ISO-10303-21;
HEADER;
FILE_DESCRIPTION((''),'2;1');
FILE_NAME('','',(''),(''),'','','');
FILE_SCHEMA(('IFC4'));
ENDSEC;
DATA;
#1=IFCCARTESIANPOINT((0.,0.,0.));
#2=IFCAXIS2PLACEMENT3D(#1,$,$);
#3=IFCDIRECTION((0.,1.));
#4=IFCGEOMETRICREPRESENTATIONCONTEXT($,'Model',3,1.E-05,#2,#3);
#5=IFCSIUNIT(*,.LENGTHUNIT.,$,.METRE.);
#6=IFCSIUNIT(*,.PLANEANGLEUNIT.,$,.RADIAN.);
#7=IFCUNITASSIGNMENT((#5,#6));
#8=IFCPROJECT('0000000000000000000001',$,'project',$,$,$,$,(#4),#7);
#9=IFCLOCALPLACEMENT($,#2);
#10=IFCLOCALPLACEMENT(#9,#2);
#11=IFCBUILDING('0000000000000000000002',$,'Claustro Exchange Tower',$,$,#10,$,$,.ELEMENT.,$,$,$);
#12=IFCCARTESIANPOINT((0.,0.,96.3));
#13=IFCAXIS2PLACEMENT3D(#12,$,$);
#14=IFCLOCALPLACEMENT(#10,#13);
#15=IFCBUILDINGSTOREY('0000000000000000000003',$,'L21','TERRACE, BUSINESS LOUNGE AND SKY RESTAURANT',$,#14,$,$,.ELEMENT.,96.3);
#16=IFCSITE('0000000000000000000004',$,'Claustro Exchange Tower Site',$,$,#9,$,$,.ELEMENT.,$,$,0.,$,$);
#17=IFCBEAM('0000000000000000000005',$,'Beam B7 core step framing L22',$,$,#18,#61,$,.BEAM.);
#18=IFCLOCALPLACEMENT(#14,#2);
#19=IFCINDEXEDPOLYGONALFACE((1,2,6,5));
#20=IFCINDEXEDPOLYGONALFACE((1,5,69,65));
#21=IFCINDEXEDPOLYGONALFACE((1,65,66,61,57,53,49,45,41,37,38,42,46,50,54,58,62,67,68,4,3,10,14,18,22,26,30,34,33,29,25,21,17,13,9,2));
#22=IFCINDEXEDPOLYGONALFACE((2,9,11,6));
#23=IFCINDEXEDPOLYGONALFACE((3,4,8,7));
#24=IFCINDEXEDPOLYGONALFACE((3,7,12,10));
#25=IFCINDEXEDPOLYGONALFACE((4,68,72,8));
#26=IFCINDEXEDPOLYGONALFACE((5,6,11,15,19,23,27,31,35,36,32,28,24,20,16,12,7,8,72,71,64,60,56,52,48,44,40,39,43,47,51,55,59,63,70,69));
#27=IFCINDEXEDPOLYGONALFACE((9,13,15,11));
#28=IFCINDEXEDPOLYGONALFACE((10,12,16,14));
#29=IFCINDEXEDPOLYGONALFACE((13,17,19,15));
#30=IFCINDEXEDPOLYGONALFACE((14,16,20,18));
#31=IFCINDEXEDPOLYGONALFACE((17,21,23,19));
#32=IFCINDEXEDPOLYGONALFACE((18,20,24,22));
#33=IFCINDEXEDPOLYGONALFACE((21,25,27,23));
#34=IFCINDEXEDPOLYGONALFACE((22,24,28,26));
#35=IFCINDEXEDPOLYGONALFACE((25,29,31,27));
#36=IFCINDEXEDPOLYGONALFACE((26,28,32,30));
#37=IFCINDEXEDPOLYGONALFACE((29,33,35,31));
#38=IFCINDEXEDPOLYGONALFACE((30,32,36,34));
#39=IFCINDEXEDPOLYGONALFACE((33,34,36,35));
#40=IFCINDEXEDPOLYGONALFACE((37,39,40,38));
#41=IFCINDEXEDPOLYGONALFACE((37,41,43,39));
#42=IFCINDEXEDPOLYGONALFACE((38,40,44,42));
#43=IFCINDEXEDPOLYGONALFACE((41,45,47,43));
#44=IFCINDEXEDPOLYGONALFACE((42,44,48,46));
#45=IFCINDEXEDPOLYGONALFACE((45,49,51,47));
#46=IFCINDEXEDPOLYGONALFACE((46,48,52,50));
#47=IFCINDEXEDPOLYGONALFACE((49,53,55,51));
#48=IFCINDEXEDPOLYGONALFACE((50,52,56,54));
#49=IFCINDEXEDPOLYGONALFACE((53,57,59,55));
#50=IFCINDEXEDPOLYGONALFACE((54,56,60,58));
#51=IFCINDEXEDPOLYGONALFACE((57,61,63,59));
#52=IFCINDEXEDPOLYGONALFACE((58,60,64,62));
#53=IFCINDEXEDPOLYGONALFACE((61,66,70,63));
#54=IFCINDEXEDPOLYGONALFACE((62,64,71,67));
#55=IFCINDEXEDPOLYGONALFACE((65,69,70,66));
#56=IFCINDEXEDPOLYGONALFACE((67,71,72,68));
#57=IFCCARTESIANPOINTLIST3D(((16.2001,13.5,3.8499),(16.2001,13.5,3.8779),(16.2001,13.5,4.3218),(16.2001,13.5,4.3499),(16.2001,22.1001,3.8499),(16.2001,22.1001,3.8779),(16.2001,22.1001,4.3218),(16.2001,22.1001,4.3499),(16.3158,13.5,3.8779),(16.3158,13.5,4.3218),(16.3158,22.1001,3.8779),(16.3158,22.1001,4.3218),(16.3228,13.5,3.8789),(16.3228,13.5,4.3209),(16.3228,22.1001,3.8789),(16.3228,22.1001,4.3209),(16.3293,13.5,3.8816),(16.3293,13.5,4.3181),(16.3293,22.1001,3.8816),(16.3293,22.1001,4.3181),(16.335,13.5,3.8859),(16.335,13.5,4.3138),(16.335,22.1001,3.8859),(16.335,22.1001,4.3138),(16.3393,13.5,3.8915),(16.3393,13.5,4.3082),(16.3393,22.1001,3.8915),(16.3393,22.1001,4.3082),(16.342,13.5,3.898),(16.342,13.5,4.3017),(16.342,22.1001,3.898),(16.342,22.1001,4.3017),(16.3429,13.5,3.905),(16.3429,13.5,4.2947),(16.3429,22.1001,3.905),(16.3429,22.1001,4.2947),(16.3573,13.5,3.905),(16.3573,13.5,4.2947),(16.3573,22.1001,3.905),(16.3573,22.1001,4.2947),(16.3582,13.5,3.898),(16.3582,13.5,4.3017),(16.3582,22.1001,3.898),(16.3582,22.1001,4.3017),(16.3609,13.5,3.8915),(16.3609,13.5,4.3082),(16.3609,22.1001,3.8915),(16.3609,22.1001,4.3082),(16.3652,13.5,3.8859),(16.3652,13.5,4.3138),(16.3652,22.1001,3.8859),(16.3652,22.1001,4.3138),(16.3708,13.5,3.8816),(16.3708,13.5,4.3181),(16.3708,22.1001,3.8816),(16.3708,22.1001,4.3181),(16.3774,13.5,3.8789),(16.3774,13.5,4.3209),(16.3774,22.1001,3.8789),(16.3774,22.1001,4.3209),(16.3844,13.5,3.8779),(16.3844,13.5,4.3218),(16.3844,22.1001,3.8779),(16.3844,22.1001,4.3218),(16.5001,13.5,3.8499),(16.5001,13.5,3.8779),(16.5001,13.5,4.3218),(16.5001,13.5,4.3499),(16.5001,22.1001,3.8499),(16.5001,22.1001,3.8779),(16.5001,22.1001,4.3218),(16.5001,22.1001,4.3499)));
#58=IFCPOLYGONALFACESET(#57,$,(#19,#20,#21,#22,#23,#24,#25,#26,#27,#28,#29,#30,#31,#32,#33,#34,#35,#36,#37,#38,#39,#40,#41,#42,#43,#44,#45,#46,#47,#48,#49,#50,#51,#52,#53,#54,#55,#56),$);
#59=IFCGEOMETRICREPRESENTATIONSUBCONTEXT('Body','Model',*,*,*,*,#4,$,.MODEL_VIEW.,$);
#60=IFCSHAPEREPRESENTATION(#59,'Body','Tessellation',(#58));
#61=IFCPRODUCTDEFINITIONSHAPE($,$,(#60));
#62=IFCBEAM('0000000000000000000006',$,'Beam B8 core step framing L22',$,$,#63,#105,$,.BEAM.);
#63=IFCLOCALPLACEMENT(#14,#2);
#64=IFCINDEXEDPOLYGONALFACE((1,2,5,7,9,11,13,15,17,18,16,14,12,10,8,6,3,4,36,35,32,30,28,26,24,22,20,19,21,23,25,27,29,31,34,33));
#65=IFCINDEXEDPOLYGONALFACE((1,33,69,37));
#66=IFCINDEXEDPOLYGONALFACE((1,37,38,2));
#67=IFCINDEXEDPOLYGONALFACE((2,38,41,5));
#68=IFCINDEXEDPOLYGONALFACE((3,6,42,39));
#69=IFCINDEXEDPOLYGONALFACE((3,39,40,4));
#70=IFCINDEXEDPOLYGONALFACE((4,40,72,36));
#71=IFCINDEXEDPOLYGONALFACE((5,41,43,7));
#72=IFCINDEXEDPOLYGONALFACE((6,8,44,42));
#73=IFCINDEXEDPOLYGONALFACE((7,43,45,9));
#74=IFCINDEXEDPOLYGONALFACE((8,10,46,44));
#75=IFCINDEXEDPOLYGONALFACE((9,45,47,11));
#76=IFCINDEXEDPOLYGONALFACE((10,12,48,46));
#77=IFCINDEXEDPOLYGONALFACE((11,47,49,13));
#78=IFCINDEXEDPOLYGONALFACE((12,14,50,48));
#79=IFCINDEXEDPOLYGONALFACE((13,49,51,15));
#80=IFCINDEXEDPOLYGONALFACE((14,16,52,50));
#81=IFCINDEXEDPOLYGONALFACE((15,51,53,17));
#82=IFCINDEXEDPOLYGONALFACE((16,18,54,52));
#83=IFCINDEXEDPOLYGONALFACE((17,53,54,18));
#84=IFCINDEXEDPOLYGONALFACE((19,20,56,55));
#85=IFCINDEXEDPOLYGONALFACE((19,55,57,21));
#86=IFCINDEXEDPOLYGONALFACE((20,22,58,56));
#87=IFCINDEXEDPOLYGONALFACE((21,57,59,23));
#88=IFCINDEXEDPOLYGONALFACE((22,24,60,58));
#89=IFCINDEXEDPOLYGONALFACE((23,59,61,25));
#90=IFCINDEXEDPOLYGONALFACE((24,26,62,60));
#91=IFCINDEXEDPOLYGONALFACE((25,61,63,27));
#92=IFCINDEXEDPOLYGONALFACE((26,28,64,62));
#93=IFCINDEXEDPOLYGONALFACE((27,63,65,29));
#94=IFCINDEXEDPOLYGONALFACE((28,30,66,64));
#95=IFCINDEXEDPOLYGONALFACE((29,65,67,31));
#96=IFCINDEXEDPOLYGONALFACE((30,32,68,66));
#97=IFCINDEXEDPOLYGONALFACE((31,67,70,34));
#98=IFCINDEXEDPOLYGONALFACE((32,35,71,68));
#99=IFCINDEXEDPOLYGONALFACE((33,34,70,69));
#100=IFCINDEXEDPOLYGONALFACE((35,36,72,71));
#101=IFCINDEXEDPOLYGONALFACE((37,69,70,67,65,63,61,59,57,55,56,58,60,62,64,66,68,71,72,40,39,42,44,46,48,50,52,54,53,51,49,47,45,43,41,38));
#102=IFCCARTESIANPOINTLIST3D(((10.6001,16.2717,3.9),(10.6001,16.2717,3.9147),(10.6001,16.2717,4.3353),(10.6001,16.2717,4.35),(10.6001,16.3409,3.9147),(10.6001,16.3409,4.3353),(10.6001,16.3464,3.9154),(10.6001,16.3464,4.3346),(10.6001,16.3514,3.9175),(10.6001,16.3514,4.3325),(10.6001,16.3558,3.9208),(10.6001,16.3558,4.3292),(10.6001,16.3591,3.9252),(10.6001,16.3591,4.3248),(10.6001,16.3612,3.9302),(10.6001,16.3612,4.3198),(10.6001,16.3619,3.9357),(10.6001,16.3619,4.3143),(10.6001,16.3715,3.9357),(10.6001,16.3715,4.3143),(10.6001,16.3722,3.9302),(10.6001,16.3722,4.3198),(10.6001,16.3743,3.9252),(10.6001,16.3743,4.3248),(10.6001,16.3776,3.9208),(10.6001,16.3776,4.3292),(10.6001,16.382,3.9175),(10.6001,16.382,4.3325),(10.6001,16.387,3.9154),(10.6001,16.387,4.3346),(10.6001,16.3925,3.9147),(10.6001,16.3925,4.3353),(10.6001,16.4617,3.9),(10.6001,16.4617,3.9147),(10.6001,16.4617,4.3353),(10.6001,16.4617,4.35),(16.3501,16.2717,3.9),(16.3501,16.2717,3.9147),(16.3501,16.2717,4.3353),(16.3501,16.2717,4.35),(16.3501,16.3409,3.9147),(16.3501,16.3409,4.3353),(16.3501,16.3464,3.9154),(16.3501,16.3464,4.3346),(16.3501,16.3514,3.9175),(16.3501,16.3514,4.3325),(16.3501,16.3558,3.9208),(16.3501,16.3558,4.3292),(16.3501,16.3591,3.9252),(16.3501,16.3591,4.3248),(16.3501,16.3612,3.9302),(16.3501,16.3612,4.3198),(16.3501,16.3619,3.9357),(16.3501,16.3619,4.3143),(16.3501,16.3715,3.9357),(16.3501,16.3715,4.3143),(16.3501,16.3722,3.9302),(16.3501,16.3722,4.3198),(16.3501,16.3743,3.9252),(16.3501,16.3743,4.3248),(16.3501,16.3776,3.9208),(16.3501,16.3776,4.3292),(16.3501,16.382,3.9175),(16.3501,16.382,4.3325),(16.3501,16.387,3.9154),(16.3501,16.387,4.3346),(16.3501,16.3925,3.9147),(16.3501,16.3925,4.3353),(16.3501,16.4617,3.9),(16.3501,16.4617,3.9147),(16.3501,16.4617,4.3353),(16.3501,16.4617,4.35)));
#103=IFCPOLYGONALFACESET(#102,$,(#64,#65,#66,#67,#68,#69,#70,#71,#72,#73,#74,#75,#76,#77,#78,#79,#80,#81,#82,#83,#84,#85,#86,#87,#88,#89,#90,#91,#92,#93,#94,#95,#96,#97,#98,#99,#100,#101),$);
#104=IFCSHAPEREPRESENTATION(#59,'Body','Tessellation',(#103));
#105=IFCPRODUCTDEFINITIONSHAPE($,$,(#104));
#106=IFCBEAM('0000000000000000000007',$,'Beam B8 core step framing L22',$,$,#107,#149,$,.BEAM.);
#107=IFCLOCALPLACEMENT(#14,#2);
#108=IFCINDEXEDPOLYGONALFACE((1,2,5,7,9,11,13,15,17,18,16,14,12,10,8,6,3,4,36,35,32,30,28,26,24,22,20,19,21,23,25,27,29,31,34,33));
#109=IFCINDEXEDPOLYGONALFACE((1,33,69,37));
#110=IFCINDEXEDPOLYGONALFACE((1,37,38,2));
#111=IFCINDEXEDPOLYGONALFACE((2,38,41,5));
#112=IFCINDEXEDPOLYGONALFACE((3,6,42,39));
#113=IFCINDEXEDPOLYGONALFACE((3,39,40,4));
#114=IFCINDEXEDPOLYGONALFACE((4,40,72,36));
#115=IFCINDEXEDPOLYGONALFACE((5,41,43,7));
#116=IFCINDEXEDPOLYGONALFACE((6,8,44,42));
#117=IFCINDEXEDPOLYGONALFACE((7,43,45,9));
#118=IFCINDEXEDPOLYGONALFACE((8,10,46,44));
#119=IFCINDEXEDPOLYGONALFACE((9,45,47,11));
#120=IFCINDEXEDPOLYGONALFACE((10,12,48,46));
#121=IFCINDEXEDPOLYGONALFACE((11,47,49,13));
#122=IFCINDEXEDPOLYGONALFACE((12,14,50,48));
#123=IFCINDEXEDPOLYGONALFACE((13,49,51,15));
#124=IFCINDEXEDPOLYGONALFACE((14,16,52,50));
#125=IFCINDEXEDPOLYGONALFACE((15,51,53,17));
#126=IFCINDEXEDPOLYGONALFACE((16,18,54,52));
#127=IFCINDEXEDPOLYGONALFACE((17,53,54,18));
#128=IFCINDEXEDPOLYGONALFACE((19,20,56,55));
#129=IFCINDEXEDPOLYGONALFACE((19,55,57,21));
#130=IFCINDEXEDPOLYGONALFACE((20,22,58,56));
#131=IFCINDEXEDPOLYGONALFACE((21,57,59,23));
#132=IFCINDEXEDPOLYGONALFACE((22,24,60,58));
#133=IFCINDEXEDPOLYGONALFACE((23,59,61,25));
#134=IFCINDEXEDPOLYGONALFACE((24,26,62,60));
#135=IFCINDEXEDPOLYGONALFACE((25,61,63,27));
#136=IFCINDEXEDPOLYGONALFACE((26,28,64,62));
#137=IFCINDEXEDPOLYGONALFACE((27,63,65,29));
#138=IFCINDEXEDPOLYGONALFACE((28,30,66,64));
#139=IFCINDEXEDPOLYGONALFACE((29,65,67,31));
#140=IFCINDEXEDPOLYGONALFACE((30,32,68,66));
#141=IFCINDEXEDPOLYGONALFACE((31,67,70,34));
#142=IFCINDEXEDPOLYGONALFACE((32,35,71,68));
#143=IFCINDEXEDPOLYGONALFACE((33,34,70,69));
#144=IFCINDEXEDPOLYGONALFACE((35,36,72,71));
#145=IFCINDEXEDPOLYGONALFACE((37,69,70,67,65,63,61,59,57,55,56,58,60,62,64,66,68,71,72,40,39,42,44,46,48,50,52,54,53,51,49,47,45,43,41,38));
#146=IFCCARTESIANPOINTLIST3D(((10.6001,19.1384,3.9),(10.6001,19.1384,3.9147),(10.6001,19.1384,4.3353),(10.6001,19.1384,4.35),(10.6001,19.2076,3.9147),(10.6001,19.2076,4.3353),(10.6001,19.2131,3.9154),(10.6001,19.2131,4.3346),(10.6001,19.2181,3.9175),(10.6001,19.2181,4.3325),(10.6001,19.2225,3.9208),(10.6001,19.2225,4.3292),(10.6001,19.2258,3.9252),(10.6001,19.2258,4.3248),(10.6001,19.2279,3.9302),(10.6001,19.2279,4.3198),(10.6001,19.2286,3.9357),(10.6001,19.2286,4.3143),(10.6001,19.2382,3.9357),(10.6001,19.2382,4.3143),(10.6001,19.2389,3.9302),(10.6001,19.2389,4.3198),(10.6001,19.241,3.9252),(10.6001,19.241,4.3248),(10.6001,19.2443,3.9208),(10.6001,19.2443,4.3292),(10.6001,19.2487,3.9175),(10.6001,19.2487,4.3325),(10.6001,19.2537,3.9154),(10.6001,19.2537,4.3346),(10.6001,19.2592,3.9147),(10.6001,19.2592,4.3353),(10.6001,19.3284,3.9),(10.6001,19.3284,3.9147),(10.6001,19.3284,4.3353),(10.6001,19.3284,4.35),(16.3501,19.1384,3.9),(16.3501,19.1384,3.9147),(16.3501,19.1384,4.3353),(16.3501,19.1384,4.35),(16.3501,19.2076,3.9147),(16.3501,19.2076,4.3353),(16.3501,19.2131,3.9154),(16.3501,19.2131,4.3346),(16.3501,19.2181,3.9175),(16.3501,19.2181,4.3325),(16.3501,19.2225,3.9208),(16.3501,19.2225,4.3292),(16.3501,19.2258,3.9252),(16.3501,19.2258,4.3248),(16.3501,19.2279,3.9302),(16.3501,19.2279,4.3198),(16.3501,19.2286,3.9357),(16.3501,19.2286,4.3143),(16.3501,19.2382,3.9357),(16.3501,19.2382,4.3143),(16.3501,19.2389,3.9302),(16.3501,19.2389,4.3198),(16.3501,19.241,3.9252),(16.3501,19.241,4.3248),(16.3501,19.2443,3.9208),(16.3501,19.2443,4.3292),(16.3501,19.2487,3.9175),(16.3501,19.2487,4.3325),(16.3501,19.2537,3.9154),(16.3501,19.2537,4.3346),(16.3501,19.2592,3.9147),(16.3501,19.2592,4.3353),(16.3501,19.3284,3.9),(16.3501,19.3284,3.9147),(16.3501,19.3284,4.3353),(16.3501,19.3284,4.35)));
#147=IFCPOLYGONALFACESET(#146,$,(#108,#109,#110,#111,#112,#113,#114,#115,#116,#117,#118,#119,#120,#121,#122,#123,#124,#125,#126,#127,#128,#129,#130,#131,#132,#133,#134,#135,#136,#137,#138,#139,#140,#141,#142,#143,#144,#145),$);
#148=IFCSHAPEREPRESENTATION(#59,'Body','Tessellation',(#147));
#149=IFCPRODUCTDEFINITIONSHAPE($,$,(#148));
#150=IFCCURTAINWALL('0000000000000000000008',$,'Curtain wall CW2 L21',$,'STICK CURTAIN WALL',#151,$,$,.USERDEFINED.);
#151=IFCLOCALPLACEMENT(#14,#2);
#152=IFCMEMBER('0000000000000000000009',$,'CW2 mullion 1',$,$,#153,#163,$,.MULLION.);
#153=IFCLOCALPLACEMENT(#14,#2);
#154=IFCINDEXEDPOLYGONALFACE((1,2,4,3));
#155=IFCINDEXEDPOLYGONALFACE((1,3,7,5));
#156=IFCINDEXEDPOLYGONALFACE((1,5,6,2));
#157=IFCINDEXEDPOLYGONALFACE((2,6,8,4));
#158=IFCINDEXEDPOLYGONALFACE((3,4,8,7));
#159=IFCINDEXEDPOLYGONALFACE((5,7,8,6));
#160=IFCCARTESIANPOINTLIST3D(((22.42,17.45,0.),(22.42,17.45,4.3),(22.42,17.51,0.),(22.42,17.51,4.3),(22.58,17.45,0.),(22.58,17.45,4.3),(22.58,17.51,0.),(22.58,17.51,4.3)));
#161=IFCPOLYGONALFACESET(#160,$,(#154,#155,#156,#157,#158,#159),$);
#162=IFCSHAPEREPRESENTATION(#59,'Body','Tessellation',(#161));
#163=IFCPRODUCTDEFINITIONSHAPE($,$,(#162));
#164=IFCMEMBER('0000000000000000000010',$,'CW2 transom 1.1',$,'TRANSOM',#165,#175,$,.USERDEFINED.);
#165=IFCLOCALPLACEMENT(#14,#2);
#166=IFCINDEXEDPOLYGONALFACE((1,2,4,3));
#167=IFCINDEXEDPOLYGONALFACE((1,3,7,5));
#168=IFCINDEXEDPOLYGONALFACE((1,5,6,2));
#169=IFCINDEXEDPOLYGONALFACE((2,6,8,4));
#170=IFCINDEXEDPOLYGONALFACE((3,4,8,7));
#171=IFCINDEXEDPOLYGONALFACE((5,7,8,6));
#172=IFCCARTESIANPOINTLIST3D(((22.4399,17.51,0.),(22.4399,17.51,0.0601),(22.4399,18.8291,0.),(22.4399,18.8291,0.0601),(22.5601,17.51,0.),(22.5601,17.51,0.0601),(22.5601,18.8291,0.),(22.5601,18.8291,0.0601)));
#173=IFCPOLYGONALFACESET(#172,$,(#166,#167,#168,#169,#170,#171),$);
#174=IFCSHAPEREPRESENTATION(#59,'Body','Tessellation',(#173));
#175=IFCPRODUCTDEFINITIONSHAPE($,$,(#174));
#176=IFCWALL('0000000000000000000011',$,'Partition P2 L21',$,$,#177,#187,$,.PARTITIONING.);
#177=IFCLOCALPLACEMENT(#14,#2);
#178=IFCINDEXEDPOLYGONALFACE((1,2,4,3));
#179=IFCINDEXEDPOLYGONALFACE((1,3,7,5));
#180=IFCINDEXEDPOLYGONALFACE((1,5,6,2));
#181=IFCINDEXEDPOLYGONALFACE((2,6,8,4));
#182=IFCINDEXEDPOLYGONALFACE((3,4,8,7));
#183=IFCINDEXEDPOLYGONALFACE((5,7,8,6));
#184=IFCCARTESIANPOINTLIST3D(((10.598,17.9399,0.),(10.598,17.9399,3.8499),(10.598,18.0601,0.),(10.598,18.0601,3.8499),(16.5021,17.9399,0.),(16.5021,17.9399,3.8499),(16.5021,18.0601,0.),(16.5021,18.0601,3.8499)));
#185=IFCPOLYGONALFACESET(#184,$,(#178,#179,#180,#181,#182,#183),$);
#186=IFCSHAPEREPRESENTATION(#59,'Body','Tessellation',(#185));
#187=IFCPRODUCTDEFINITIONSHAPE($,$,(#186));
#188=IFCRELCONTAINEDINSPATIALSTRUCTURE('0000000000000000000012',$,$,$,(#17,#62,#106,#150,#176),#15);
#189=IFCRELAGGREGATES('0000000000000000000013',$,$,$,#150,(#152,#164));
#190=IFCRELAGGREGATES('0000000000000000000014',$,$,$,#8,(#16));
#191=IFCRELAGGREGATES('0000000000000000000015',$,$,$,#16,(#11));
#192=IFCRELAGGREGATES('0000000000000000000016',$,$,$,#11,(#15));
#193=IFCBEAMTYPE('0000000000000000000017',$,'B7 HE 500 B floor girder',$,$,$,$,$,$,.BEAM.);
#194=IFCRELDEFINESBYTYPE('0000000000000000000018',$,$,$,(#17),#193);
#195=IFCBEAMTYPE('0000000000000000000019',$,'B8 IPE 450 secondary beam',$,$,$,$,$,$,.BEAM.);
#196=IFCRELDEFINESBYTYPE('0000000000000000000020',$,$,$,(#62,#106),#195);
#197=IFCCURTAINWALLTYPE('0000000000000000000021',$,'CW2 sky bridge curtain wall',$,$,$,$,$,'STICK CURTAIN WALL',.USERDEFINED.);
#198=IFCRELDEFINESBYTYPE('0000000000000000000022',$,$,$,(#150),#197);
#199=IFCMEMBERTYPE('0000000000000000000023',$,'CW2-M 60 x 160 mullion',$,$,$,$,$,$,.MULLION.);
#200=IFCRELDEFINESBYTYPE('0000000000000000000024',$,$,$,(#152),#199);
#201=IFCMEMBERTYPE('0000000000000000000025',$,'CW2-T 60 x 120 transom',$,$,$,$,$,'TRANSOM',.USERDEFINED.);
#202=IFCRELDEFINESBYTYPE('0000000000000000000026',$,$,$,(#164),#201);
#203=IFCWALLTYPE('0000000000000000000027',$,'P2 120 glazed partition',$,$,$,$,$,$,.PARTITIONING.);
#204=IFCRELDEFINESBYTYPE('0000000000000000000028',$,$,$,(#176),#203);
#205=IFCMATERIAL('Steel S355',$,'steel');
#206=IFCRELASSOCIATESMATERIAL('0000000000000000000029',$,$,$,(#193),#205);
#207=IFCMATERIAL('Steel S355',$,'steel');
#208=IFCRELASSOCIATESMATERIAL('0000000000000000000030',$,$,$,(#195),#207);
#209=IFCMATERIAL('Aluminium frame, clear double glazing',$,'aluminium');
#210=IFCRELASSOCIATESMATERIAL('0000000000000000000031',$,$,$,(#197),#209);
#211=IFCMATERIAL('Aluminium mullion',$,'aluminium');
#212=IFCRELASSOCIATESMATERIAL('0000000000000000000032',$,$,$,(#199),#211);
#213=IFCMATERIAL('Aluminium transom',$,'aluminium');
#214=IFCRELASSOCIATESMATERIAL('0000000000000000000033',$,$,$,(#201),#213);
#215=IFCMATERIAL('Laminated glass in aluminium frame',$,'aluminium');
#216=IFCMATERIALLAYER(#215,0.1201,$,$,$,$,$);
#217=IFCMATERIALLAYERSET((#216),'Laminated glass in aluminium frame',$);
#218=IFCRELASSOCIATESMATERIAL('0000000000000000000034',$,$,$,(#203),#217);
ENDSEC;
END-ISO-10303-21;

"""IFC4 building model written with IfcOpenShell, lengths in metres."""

from ifc_helpers import new_model, si_unit, direction, frame, frame_2d, origin, origin_2d, place, context, subcontext, project, spatial, rectangle, i_section, extrude, material, layer, layer_set, material_profile, profile_set, type_object, element, aggregate, save


model = new_model("IFC4")

# Units and contexts
model_context = context("Model", 3, precision=1e-05, world=origin(), true_north=direction((0.0, 1.0)))
body_context = subcontext(model_context, "Body", "Model", "MODEL_VIEW")
ifc_project = project(units=[si_unit("LENGTHUNIT", "METRE"), si_unit("PLANEANGLEUNIT", "RADIAN")], contexts=[model_context])

# Site, building, storey
site_placement = place(None, origin())
site = spatial("IfcSite", under=ifc_project, at=site_placement, Name="Claustro Exchange Tower Site", CompositionType="ELEMENT", RefElevation=0.0)
building_placement = place(site_placement, origin())
building = spatial("IfcBuilding", under=site, at=building_placement, Name="Claustro Exchange Tower", CompositionType="ELEMENT")
storey_placement = place(building_placement, frame((0.0, 0.0, 96.3)))
storey = spatial("IfcBuildingStorey", under=building, at=storey_placement, Name="L21", Description="TERRACE, BUSINESS LOUNGE AND SKY RESTAURANT", CompositionType="ELEMENT", Elevation=96.3)

# Beams
ifc_material_1 = material(Name="Steel S355", Category="steel")
ifc_material_profile_1 = material_profile(ifc_material_1, i_section(OverallWidth=0.3, OverallDepth=0.5, WebThickness=0.0144, FlangeThickness=0.0281, FilletRadius=0.0271, at=origin_2d()), Name="HE 500 B")
ifc_profile_set_1 = profile_set([ifc_material_profile_1], Name="Steel S355")
beam_type_1 = type_object("IfcBeamType", Name="B7 HE 500 B floor girder", PredefinedType="BEAM", material=ifc_profile_set_1)
beam_1_placement = place(storey_placement, frame((16.3501, 13.5, 4.0999), z_axis=(0.0, 1.0, 0.0), x_axis=(-1.0, 0.0, 0.0)))
element("IfcBeam", 1, at=beam_1_placement, inside=storey, type_object=beam_type_1, Name="Beam B7 core step framing L22", PredefinedType="BEAM", context=body_context, shape_type="SweptSolid", body=[
    extrude(i_section(OverallWidth=0.3, OverallDepth=0.5, WebThickness=0.0144, FlangeThickness=0.0281, FilletRadius=0.0271, at=origin_2d()), origin(), (0.0, 0.0, 1.0), 8.6001),
])
ifc_material_2 = material(Name="Steel S355", Category="steel")
ifc_material_profile_2 = material_profile(ifc_material_2, i_section(OverallWidth=0.1899, OverallDepth=0.45, WebThickness=0.0095, FlangeThickness=0.0146, FilletRadius=0.021, at=origin_2d()), Name="IPE 450")
ifc_profile_set_2 = profile_set([ifc_material_profile_2], Name="Steel S355")
beam_type_2 = type_object("IfcBeamType", Name="B8 IPE 450 secondary beam", PredefinedType="BEAM", material=ifc_profile_set_2)
for number, where, z_axis, x_axis, name in (
    (2, (10.6001, 16.3667, 4.125), (1.0, 0.0, 0.0), (0.0, 1.0, 0.0), "Beam B8 core step framing L22"),
    (3, (10.6001, 19.2334, 4.125), (1.0, 0.0, 0.0), (0.0, 1.0, 0.0), "Beam B8 core step framing L22"),
):
    element("IfcBeam", number, at=place(storey_placement, frame(where, z_axis=z_axis, x_axis=x_axis)), inside=storey, type_object=beam_type_2, Name=name, PredefinedType="BEAM", context=body_context, shape_type="SweptSolid", body=[
        extrude(i_section(OverallWidth=0.1899, OverallDepth=0.45, WebThickness=0.0095, FlangeThickness=0.0146, FilletRadius=0.021, at=origin_2d()), origin(), (0.0, 0.0, 1.0), 5.75),
    ])

# Curtain wall, members
ifc_material_3 = material(Name="Aluminium frame, clear double glazing", Category="aluminium")
curtain_wall_type = type_object("IfcCurtainWallType", Name="CW2 sky bridge curtain wall", ElementType="STICK CURTAIN WALL", PredefinedType="USERDEFINED", material=ifc_material_3)
curtain_wall_placement = place(storey_placement, origin())
curtain_wall = element("IfcCurtainWall", 4, at=curtain_wall_placement, inside=storey, type_object=curtain_wall_type, Name="Curtain wall CW2 L21", ObjectType="STICK CURTAIN WALL", PredefinedType="USERDEFINED")
ifc_material_4 = material(Name="Aluminium mullion", Category="aluminium")
ifc_material_profile_3 = material_profile(ifc_material_4, rectangle(XDim=0.1599, YDim=0.0601, at=origin_2d()), Name="CW2-M 60x160")
ifc_profile_set_3 = profile_set([ifc_material_profile_3], Name="Aluminium mullion")
member_type_1 = type_object("IfcMemberType", Name="CW2-M 60 x 160 mullion", PredefinedType="MULLION", material=ifc_profile_set_3)
member_1_placement = place(storey_placement, frame((22.5, 17.48, 0.0), z_axis=(0.0, 0.0, 1.0), x_axis=(-1.0, 0.0, 0.0)))
member_1 = element("IfcMember", 5, at=member_1_placement, type_object=member_type_1, Name="CW2 mullion 1", PredefinedType="MULLION", context=body_context, shape_type="SweptSolid", body=[
    extrude(rectangle(XDim=0.1599, YDim=0.0601, at=origin_2d()), origin(), (0.0, 0.0, 1.0), 4.3),
])
ifc_material_5 = material(Name="Aluminium transom", Category="aluminium")
ifc_material_profile_4 = material_profile(ifc_material_5, rectangle(XDim=0.1201, YDim=0.0601, at=origin_2d()), Name="CW2-T 60x120")
ifc_profile_set_4 = profile_set([ifc_material_profile_4], Name="Aluminium transom")
member_type_2 = type_object("IfcMemberType", Name="CW2-T 60 x 120 transom", ElementType="TRANSOM", PredefinedType="USERDEFINED", material=ifc_profile_set_4)
member_2_placement = place(storey_placement, frame((22.5, 17.51, 0.03), z_axis=(0.0, 1.0, 0.0), x_axis=(-1.0, 0.0, 0.0)))
member_2 = element("IfcMember", 6, at=member_2_placement, type_object=member_type_2, Name="CW2 transom 1.1", ObjectType="TRANSOM", PredefinedType="USERDEFINED", context=body_context, shape_type="SweptSolid", body=[
    extrude(rectangle(XDim=0.1201, YDim=0.0601, at=origin_2d()), origin(), (0.0, 0.0, 1.0), 1.3191),
])
aggregate(curtain_wall, [member_1, member_2])

# Wall
ifc_material_6 = material(Name="Laminated glass in aluminium frame", Category="aluminium")
ifc_layer_1 = layer(ifc_material_6, 0.1201)
ifc_layer_set_1 = layer_set([ifc_layer_1], Name="Laminated glass in aluminium frame")
wall_type_1 = type_object("IfcWallType", Name="P2 120 glazed partition", PredefinedType="PARTITIONING", material=ifc_layer_set_1)
wall_1_placement = place(storey_placement, frame((10.5979, 18.0, 0.0), z_axis=(0.0, 0.0, 1.0), x_axis=(1.0, 0.0, 0.0)))
element("IfcWall", 7, at=wall_1_placement, inside=storey, type_object=wall_type_1, Name="Partition P2 L21", PredefinedType="PARTITIONING", context=body_context, shape_type="SweptSolid", body=[
    extrude(rectangle(XDim=5.9041, YDim=0.1201, at=frame_2d((2.9521, 0.0))), origin(), (0.0, 0.0, 1.0), 3.8499),
])

save(model, "model.ifc")
